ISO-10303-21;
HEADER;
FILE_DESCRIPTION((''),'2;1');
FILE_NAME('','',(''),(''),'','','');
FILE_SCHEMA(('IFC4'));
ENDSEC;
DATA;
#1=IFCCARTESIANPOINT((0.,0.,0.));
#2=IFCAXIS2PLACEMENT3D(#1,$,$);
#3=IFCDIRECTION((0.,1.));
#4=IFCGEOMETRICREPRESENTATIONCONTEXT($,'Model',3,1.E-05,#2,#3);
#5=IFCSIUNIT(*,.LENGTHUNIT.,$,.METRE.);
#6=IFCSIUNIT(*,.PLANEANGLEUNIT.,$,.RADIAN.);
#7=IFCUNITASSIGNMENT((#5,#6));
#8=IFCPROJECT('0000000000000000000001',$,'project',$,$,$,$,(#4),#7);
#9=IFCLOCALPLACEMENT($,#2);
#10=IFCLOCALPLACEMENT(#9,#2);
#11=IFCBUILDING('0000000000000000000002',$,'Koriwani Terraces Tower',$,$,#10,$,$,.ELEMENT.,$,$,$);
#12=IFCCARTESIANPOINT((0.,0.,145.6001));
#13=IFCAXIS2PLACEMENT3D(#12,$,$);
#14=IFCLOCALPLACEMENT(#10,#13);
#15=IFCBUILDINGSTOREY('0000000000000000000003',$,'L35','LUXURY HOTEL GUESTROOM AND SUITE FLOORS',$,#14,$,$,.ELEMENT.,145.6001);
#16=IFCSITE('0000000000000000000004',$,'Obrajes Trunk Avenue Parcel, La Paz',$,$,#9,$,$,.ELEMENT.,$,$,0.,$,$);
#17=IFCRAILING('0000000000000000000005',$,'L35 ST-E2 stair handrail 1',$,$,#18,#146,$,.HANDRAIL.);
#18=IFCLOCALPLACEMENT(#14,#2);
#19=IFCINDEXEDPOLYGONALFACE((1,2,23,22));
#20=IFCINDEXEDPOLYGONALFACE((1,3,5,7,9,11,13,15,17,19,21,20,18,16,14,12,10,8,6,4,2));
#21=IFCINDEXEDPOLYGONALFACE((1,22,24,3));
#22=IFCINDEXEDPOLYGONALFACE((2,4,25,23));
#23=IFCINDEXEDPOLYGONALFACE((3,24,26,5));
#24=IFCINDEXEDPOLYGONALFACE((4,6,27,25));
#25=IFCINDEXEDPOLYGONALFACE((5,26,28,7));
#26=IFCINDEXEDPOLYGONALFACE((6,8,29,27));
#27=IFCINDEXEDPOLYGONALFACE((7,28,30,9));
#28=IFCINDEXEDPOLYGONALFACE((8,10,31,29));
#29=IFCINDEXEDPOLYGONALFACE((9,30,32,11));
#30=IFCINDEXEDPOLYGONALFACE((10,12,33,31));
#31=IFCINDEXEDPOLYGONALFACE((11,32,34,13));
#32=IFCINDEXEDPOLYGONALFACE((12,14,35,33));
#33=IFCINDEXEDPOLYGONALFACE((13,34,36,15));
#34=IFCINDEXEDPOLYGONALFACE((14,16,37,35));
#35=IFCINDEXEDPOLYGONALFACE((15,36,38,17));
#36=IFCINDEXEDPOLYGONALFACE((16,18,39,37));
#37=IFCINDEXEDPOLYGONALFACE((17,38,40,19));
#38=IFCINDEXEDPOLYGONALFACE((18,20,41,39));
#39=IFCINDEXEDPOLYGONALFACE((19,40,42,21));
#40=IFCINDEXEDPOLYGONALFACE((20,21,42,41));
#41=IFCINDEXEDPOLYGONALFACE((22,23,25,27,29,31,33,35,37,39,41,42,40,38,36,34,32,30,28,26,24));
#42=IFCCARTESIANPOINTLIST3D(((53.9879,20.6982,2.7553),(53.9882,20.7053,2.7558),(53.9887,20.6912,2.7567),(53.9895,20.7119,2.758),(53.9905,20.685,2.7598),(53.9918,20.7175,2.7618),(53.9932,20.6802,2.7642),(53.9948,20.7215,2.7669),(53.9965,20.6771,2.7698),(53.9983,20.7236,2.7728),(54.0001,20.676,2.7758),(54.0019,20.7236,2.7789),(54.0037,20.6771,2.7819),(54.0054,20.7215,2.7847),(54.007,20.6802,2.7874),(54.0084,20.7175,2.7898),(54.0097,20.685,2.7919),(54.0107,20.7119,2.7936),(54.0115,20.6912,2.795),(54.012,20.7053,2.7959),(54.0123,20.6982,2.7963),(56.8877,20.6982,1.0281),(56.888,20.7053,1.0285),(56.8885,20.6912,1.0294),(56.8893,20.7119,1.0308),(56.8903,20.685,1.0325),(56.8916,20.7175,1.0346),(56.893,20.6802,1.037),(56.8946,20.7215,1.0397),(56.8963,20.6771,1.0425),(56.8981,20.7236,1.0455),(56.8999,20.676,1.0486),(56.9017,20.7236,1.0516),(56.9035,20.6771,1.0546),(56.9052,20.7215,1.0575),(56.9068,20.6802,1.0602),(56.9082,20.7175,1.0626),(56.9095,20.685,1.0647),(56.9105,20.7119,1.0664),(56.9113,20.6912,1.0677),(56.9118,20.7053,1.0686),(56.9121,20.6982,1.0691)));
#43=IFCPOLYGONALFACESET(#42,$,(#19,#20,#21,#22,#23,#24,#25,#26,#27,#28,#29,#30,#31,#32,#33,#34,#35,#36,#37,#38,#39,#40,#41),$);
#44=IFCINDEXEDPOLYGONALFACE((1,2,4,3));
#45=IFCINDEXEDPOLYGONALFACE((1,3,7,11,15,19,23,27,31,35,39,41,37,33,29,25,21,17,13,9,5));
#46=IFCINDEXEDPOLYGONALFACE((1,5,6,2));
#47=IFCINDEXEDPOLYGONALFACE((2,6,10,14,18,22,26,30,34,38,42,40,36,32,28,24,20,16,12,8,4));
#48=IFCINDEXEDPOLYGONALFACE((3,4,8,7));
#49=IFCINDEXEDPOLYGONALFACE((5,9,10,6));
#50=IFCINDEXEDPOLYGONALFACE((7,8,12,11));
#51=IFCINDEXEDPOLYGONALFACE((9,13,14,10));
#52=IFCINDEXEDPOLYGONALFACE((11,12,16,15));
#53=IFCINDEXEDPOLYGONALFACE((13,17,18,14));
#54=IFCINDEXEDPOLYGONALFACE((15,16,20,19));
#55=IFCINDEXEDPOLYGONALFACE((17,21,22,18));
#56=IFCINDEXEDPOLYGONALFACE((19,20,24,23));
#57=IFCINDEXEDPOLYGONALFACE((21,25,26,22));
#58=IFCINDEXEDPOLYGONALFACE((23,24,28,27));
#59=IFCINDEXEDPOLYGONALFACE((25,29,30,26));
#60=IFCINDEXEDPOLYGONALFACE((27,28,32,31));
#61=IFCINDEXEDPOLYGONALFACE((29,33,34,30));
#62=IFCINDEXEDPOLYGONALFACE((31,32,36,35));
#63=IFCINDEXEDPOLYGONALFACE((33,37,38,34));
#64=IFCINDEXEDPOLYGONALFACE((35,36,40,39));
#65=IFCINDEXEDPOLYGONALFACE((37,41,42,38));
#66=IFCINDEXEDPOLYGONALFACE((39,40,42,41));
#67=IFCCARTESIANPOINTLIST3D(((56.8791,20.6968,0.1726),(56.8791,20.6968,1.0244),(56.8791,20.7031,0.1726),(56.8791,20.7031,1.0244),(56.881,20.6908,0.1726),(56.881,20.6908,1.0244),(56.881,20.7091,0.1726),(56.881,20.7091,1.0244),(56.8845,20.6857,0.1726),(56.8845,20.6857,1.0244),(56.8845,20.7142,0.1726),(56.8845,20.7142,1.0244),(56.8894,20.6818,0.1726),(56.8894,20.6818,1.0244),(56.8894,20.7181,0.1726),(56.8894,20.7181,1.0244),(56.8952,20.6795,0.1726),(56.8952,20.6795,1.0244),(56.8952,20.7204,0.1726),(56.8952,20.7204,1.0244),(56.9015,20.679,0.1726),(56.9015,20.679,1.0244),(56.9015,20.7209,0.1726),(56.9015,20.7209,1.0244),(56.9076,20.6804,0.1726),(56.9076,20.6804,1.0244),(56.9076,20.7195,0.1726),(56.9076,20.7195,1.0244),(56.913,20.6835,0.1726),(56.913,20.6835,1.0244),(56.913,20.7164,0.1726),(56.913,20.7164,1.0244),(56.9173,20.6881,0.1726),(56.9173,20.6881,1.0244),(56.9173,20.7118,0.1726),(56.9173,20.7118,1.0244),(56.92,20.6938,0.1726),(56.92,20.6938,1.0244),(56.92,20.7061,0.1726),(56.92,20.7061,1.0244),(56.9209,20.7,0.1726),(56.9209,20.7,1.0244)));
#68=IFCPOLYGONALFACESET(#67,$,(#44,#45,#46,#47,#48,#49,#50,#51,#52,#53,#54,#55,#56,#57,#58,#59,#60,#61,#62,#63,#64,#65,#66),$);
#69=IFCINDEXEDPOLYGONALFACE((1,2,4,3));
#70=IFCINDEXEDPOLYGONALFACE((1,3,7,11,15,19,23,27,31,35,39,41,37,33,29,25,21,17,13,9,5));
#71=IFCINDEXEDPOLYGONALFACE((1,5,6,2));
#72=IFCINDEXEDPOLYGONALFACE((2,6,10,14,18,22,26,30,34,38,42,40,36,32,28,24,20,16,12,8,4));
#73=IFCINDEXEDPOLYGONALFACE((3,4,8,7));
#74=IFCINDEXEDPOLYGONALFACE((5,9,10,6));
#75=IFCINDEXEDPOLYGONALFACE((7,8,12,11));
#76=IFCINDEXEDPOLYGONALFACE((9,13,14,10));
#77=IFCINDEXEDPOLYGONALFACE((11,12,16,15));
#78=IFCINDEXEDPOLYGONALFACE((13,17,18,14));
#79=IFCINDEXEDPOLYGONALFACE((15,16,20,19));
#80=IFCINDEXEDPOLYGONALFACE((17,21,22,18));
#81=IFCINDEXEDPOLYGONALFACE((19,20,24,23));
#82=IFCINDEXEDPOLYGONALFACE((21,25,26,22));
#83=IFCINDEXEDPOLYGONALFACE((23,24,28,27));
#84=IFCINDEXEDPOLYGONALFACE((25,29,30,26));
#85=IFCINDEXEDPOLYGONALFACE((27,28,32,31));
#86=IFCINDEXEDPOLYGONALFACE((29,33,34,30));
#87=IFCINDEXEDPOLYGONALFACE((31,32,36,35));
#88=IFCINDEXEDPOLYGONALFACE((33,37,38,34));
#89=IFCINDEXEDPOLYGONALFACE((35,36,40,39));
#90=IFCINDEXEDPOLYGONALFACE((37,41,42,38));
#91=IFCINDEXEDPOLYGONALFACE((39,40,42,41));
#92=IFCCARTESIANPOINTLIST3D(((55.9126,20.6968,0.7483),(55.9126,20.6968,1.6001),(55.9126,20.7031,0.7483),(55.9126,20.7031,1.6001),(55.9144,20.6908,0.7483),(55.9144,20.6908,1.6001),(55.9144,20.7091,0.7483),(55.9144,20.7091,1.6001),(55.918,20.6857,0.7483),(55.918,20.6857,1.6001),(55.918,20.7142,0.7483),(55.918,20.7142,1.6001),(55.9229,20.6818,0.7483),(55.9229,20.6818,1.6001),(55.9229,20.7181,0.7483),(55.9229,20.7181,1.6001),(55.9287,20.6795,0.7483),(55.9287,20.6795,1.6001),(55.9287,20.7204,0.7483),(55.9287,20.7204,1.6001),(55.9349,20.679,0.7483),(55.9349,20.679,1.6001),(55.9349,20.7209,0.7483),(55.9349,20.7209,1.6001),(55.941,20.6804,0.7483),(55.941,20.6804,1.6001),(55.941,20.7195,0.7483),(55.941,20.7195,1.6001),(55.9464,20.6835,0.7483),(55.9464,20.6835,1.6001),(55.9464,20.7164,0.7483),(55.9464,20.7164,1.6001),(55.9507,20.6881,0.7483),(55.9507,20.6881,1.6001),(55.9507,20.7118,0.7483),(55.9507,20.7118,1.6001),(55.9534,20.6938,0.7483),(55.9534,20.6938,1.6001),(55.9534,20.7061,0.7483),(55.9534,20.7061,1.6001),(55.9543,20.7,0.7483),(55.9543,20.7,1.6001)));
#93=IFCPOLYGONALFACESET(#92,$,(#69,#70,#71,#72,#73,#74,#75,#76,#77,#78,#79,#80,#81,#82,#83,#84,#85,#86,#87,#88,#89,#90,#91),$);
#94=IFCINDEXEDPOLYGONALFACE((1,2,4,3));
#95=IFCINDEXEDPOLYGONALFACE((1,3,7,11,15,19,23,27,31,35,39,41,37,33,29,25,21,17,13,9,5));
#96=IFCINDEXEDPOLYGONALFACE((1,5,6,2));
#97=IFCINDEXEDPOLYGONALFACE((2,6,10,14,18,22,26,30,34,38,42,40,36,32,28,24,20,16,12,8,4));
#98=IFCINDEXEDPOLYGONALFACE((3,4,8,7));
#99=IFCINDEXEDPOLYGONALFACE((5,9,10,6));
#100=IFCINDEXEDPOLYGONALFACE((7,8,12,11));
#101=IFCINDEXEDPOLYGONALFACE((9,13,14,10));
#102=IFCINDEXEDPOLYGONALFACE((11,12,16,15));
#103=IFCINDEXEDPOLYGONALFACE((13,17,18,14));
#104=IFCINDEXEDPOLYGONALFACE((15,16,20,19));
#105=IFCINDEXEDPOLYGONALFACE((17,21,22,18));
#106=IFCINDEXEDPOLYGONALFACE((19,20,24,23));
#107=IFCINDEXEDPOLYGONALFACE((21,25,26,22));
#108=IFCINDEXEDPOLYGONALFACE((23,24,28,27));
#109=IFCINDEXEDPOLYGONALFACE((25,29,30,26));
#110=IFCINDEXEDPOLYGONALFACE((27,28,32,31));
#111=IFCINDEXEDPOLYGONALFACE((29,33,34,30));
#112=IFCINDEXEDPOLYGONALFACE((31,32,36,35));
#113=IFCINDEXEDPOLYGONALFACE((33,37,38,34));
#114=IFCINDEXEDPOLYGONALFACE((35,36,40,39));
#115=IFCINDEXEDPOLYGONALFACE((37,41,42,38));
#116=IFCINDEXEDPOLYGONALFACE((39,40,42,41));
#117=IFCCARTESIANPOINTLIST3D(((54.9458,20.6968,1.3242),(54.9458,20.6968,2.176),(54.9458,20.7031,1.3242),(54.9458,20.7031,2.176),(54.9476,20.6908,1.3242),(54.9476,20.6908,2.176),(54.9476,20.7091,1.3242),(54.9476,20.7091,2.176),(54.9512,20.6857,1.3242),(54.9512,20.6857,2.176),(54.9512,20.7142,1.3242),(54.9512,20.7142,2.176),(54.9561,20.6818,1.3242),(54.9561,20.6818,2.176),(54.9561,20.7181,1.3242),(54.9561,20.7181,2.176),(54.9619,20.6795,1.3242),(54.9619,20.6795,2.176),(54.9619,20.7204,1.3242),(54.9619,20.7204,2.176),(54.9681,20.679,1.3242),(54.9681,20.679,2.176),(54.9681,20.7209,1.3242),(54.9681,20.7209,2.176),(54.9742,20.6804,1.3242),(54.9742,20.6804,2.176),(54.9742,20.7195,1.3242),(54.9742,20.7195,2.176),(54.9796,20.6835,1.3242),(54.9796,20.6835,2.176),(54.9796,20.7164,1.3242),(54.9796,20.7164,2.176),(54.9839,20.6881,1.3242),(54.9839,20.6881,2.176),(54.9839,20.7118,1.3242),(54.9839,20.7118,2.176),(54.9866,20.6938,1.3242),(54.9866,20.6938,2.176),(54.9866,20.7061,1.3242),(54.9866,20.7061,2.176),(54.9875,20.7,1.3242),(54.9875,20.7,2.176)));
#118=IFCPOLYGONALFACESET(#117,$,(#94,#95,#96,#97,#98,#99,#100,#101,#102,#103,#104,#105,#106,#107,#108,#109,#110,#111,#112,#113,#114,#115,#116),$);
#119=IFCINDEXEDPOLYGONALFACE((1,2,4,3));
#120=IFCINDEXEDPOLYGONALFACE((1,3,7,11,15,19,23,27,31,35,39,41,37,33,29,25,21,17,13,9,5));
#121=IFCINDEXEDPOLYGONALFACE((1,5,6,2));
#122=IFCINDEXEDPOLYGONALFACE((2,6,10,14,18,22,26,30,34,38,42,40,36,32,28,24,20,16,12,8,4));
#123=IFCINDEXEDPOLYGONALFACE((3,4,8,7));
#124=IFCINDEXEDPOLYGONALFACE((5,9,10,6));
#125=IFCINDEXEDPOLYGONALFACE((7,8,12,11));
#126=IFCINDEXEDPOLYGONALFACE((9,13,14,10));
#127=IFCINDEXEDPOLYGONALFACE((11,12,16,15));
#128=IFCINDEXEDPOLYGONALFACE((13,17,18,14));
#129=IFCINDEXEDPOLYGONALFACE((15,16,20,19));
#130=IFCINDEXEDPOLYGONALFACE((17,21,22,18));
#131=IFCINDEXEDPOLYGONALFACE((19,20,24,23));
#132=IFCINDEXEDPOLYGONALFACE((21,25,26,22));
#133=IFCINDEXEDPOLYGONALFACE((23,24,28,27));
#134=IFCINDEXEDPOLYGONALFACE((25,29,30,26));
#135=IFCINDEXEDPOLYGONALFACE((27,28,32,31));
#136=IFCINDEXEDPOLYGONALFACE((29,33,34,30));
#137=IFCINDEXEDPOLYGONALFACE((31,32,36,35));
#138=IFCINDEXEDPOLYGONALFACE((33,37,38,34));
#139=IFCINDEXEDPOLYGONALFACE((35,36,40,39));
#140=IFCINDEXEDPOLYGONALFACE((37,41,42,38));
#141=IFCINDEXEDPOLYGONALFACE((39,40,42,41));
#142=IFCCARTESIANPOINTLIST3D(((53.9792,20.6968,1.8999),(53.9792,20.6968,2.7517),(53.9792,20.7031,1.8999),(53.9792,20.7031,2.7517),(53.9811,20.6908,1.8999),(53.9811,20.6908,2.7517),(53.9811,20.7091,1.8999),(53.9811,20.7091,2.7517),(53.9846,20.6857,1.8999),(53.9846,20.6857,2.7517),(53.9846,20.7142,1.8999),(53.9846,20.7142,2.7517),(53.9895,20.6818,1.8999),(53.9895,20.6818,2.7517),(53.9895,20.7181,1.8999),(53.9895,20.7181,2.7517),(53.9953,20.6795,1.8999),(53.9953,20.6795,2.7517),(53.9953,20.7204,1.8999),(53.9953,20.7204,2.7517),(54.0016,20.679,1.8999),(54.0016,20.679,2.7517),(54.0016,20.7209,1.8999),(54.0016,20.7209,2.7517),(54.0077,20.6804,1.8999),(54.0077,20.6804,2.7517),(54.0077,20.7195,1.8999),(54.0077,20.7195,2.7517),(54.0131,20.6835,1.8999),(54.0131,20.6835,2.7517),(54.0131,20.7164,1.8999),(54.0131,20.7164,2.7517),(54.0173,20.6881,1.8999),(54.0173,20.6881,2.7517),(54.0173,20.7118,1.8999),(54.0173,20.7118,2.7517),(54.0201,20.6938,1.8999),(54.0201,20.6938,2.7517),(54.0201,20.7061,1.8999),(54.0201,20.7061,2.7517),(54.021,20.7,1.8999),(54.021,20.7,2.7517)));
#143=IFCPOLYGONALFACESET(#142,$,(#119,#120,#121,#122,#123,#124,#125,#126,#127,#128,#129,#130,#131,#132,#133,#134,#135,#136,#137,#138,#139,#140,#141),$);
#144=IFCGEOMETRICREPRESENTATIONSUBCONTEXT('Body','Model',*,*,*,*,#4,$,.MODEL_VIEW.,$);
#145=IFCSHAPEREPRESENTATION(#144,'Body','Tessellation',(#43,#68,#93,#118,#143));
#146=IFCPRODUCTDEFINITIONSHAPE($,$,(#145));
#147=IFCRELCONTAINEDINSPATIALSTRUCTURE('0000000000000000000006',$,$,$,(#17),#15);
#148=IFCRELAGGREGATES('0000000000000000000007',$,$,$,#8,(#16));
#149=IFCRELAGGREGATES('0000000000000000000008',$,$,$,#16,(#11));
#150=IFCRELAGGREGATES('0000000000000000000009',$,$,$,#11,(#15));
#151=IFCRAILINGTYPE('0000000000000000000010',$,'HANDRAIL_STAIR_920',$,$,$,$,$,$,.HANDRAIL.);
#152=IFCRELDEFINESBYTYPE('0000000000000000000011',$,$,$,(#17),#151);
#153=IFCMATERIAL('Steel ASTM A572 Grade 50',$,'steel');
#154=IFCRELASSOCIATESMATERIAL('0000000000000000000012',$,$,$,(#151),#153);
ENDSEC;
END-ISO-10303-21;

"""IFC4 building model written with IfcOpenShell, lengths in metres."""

from ifc_helpers import new_model, si_unit, direction, frame, origin, origin_2d, place, context, subcontext, project, spatial, circle, extrude, material, type_object, element, save


model = new_model("IFC4")

# Units and contexts
model_context = context("Model", 3, precision=1e-05, world=origin(), true_north=direction((0.0, 1.0)))
body_context = subcontext(model_context, "Body", "Model", "MODEL_VIEW")
ifc_project = project(units=[si_unit("LENGTHUNIT", "METRE"), si_unit("PLANEANGLEUNIT", "RADIAN")], contexts=[model_context])

# Site, building, storey
site_placement = place(None, origin())
site = spatial("IfcSite", under=ifc_project, at=site_placement, Name="Obrajes Trunk Avenue Parcel, La Paz", CompositionType="ELEMENT", RefElevation=0.0)
building_placement = place(site_placement, origin())
building = spatial("IfcBuilding", under=site, at=building_placement, Name="Koriwani Terraces Tower", CompositionType="ELEMENT")
storey_placement = place(building_placement, frame((0.0, 0.0, 145.6001)))
storey = spatial("IfcBuildingStorey", under=building, at=storey_placement, Name="L35", Description="LUXURY HOTEL GUESTROOM AND SUITE FLOORS", CompositionType="ELEMENT", Elevation=145.6001)

# Shared definitions
ifc_material_1 = material(Name="Steel ASTM A572 Grade 50", Category="steel")

# Railing
railing_type_1 = type_object("IfcRailingType", Name="HANDRAIL_STAIR_920", PredefinedType="HANDRAIL", material=ifc_material_1)
railing_1_placement = place(storey_placement, frame((56.8999, 20.7, 0.1726)))
element("IfcRailing", 1, at=railing_1_placement, inside=storey, type_object=railing_type_1, Name="L35 ST-E2 stair handrail 1", PredefinedType="HANDRAIL", context=body_context, shape_type="SweptSolid", body=[
    extrude(circle(Radius=0.0239, at=origin_2d()), frame((0.0, 0.0, 0.876), z_axis=(-0.859141, 0.0, 0.511738), x_axis=(0.0, -1.0, 0.0)), (0.0, 0.0, 1.0), 3.3752),
    extrude(circle(Radius=0.021, at=origin_2d()), origin(), (0.0, 0.0, 1.0), 0.8518),
    extrude(circle(Radius=0.021, at=origin_2d()), frame((-0.9666, 0.0, 0.5757)), (0.0, 0.0, 1.0), 0.8518),
    extrude(circle(Radius=0.021, at=origin_2d()), frame((-1.9333, 0.0, 1.1516)), (0.0, 0.0, 1.0), 0.8518),
    extrude(circle(Radius=0.021, at=origin_2d()), frame((-2.8999, 0.0, 1.7273)), (0.0, 0.0, 1.0), 0.8518),
])

save(model, "model.ifc")
